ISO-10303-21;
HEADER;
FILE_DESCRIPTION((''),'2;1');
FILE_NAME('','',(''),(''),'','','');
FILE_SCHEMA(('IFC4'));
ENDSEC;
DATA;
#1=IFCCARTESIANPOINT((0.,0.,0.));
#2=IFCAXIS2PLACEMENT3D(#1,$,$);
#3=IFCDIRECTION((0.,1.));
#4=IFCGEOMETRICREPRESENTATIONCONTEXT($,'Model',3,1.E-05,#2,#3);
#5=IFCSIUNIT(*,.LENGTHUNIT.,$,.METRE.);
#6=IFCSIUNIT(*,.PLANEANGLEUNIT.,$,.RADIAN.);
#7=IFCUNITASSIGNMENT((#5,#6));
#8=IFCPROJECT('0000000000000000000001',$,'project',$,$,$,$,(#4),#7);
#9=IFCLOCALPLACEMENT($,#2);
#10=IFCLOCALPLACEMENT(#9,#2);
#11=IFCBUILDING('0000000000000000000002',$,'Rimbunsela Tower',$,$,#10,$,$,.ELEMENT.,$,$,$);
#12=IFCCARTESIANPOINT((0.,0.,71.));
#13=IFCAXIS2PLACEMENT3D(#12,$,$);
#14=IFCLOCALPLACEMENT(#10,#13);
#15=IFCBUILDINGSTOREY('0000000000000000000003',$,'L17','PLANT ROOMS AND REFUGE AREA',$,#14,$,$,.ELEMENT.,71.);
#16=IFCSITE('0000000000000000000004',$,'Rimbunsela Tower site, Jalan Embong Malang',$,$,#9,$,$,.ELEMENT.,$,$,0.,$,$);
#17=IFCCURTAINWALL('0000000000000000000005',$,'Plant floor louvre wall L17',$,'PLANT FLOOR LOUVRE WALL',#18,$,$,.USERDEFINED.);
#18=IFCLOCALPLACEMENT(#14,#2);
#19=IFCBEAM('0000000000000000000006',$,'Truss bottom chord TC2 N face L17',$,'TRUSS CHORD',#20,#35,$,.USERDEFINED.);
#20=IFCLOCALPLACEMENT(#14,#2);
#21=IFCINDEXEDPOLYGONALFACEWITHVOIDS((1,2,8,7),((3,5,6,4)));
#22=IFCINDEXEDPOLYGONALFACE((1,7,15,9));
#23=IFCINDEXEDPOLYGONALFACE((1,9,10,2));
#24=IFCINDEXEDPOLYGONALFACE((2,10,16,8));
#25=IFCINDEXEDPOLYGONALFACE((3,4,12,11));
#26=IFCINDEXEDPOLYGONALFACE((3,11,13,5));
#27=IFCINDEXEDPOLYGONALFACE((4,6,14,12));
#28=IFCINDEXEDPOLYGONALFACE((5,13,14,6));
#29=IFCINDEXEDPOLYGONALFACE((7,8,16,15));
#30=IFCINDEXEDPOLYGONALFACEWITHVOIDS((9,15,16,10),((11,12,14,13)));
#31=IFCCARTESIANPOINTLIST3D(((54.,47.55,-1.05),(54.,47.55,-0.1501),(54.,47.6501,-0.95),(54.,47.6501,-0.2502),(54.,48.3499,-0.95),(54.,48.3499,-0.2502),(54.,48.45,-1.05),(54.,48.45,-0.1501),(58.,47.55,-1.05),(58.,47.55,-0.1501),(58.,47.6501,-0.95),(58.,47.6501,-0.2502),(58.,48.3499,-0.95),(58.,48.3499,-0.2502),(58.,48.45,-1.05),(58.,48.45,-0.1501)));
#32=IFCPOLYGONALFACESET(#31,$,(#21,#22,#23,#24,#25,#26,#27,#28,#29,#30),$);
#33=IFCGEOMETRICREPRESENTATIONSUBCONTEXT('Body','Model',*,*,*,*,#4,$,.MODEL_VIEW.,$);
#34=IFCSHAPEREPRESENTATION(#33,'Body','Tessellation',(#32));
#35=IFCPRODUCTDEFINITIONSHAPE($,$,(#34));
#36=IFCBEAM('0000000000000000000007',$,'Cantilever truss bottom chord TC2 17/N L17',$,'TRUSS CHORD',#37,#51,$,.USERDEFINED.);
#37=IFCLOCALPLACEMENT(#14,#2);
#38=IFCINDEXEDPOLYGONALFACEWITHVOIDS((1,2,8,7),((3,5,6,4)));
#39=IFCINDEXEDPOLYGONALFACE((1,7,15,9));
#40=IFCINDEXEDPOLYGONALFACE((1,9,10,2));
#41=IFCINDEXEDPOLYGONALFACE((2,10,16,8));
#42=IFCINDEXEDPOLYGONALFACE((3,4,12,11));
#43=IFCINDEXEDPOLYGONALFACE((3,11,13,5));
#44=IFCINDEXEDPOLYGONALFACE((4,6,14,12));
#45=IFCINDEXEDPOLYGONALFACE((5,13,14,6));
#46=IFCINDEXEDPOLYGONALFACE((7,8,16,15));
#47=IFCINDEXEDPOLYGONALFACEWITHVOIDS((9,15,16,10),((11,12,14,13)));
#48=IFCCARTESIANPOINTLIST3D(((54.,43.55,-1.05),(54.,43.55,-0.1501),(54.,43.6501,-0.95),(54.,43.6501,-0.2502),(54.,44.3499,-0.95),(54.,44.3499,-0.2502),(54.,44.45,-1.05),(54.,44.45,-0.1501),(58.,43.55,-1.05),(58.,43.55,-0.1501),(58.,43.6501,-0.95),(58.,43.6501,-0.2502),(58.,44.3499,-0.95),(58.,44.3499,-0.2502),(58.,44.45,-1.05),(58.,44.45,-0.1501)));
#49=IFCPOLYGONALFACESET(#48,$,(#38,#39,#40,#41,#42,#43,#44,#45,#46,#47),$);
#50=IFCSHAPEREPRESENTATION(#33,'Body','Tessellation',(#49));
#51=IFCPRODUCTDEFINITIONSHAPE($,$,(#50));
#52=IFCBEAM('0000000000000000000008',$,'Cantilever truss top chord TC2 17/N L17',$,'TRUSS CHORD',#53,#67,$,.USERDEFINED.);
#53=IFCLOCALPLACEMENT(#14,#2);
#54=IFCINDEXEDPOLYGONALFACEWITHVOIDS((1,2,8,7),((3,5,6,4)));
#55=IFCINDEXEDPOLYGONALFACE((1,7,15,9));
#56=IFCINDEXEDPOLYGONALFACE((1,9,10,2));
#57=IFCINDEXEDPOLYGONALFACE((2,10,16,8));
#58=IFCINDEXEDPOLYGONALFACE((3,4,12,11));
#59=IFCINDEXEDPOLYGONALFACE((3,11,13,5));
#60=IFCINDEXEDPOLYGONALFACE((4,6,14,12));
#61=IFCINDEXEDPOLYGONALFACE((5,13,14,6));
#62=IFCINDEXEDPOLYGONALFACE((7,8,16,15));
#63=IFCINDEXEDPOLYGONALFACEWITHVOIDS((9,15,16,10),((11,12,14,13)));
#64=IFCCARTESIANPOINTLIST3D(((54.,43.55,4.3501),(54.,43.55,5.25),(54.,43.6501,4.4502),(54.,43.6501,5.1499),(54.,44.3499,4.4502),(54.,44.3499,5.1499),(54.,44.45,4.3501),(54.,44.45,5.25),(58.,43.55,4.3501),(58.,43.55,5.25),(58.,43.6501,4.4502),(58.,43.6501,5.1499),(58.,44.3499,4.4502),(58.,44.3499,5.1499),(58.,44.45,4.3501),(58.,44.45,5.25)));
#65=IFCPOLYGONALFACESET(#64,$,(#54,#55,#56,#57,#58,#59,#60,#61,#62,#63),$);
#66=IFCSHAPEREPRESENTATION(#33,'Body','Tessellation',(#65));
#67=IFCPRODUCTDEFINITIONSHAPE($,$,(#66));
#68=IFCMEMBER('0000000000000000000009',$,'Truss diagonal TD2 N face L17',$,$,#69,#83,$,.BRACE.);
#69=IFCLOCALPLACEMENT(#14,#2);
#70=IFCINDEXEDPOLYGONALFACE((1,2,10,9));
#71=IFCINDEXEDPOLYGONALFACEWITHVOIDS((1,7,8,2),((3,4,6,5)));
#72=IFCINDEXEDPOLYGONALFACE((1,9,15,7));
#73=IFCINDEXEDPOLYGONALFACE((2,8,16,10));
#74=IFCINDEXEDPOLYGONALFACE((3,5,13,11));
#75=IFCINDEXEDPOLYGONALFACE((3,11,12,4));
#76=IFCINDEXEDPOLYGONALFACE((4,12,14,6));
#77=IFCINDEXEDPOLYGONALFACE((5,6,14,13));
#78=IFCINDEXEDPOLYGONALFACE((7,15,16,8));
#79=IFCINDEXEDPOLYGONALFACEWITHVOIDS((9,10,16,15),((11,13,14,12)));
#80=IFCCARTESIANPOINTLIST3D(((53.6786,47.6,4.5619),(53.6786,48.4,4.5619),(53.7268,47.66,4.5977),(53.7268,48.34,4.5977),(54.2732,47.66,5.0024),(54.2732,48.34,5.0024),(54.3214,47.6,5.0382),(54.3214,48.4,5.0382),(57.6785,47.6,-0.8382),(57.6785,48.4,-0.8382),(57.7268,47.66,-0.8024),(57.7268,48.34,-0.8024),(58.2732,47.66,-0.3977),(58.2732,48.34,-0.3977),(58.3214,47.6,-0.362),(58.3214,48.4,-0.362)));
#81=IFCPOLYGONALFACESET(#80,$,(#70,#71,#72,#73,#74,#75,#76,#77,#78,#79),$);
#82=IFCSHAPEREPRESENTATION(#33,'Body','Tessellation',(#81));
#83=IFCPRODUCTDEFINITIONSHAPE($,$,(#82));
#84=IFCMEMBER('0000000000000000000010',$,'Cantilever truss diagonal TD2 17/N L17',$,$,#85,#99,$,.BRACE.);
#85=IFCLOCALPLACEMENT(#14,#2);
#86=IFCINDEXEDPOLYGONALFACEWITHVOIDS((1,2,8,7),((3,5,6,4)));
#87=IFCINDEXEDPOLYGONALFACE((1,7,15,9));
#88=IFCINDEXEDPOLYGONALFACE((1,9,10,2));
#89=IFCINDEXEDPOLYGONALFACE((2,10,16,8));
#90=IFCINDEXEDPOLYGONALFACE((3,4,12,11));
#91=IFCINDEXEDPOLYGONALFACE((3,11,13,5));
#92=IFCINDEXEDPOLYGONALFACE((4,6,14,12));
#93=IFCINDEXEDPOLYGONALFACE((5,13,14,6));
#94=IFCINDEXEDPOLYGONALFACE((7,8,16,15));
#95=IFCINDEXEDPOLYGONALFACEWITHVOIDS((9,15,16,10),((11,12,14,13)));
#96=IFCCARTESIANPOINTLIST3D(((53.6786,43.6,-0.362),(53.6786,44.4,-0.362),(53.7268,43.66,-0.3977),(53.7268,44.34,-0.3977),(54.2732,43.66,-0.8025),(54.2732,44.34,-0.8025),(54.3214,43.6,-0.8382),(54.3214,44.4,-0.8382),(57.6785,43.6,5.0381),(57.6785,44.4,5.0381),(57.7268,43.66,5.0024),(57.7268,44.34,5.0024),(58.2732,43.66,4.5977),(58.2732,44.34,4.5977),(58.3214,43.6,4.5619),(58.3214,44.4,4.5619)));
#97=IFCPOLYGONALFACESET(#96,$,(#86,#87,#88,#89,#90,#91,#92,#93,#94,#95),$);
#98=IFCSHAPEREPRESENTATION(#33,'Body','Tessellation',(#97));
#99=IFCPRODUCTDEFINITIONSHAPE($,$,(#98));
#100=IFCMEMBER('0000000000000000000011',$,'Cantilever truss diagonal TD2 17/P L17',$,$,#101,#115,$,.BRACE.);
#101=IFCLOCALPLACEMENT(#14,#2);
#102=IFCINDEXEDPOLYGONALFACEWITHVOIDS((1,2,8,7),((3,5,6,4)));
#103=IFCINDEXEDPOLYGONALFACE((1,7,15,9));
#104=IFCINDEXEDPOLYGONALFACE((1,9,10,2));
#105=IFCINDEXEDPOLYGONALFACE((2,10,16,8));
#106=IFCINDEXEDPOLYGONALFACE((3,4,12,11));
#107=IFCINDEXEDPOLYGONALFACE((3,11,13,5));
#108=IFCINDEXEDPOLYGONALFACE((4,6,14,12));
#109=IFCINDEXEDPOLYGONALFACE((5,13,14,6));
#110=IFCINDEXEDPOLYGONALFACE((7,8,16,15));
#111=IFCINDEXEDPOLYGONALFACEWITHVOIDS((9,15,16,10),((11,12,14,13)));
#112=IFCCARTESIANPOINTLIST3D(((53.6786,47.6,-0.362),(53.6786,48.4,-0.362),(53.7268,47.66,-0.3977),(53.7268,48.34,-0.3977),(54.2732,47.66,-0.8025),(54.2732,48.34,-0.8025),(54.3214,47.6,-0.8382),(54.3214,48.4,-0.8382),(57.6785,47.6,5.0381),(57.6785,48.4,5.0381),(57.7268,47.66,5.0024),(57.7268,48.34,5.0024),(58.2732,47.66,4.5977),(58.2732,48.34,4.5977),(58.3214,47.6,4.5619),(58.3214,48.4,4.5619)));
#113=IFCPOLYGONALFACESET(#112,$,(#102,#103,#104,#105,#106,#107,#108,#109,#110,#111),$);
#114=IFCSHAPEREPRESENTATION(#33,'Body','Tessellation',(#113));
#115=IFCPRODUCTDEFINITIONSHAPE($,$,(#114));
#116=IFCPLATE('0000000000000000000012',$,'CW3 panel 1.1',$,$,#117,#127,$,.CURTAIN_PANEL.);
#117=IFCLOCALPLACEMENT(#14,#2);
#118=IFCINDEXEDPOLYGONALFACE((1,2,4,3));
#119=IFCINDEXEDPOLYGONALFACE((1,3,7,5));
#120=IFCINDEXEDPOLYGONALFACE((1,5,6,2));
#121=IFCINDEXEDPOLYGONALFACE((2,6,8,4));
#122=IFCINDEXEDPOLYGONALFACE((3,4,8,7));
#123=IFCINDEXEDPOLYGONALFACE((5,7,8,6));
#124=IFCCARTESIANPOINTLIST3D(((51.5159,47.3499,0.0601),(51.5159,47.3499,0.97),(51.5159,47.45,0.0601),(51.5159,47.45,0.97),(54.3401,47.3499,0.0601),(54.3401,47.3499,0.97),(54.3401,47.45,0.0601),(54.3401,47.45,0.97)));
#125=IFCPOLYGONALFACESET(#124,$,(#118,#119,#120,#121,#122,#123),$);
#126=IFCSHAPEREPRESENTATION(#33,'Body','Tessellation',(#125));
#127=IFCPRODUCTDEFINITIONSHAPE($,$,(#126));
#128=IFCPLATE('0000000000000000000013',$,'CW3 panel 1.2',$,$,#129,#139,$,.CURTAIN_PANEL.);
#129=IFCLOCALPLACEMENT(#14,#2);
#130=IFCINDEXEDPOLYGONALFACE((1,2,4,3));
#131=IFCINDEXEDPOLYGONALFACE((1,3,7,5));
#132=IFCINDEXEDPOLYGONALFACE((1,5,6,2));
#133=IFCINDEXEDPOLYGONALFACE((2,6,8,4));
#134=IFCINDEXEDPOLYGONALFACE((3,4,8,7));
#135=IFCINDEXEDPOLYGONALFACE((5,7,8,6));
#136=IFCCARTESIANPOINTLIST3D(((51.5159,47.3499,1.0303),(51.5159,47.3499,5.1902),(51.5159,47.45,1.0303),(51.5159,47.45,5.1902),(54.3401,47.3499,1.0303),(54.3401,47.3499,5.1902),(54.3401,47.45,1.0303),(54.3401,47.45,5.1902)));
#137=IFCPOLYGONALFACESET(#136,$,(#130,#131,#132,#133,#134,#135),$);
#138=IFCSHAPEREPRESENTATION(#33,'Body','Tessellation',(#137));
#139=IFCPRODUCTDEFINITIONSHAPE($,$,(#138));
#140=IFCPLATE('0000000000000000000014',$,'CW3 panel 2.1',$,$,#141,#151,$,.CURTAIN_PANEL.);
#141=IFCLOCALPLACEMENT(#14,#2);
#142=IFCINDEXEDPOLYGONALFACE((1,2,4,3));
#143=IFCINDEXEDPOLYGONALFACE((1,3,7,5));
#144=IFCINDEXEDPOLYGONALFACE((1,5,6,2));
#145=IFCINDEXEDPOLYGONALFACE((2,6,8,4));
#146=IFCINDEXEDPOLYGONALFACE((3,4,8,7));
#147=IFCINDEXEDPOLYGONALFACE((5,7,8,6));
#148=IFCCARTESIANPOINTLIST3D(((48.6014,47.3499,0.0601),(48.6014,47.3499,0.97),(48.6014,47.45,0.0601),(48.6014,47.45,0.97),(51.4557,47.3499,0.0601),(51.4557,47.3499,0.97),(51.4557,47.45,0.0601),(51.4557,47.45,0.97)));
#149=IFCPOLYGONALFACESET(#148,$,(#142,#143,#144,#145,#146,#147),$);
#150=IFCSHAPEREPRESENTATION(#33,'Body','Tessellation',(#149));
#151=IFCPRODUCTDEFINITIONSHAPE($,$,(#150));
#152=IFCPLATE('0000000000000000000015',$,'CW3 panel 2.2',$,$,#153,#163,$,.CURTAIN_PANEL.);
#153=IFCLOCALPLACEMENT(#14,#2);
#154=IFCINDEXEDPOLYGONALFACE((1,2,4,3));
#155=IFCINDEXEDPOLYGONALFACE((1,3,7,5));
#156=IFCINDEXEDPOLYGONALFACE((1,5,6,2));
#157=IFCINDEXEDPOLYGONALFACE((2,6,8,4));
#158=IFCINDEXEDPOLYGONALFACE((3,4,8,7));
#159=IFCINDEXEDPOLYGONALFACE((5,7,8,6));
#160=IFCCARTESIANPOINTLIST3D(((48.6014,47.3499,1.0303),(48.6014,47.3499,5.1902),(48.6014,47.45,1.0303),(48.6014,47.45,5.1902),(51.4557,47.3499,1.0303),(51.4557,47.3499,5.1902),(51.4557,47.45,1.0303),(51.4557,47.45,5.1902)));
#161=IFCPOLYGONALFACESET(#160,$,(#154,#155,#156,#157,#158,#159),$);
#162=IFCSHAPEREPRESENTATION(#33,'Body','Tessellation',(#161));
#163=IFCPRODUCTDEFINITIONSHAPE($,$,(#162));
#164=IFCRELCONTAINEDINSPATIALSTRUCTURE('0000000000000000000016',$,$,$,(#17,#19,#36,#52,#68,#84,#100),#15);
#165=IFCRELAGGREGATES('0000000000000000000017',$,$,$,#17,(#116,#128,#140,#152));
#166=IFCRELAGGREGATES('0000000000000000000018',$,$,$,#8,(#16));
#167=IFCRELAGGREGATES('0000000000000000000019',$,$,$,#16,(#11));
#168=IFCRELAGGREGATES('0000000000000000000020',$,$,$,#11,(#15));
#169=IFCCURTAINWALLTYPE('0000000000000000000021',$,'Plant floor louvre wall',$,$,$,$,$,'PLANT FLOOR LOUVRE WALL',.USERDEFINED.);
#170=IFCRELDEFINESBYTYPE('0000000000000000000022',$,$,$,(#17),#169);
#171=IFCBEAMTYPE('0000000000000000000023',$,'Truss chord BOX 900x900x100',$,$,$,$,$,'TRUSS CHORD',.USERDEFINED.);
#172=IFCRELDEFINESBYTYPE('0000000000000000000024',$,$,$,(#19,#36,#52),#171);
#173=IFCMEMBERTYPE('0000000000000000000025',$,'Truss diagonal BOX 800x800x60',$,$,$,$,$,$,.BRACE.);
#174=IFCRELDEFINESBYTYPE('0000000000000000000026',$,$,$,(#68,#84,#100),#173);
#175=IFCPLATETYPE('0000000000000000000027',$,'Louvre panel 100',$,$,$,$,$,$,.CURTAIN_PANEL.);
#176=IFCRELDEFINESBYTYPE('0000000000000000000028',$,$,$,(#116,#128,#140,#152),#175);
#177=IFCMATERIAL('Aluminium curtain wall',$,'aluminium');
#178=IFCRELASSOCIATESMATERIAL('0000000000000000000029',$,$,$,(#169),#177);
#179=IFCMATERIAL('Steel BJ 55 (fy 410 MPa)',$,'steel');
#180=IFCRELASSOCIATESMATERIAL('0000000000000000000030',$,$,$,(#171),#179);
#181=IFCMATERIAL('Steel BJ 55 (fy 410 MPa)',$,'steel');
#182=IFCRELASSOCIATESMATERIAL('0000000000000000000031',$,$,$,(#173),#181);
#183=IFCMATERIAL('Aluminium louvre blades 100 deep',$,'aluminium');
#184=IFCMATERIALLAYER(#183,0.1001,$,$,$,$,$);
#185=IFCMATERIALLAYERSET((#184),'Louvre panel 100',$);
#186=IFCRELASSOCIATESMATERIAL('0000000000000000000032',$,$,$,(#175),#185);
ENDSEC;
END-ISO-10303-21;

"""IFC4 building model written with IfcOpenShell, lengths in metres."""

from ifc_helpers import new_model, si_unit, direction, frame, origin, origin_2d, place, context, subcontext, project, spatial, rectangle, hollow_rectangle, extrude, material, layer, layer_set, material_profile, profile_set, type_object, element, aggregate, save


model = new_model("IFC4")

# Units and contexts
model_context = context("Model", 3, precision=1e-05, world=origin(), true_north=direction((0.0, 1.0)))
body_context = subcontext(model_context, "Body", "Model", "MODEL_VIEW")
ifc_project = project(units=[si_unit("LENGTHUNIT", "METRE"), si_unit("PLANEANGLEUNIT", "RADIAN")], contexts=[model_context])

# Site, building, storey
site_placement = place(None, origin())
site = spatial("IfcSite", under=ifc_project, at=site_placement, Name="Rimbunsela Tower site, Jalan Embong Malang", CompositionType="ELEMENT", RefElevation=0.0)
building_placement = place(site_placement, origin())
building = spatial("IfcBuilding", under=site, at=building_placement, Name="Rimbunsela Tower", CompositionType="ELEMENT")
storey_placement = place(building_placement, frame((0.0, 0.0, 71.0)))
storey = spatial("IfcBuildingStorey", under=building, at=storey_placement, Name="L17", Description="PLANT ROOMS AND REFUGE AREA", CompositionType="ELEMENT", Elevation=71.0)

# Curtain wall
ifc_material_1 = material(Name="Aluminium curtain wall", Category="aluminium")
curtain_wall_type = type_object("IfcCurtainWallType", Name="Plant floor louvre wall", ElementType="PLANT FLOOR LOUVRE WALL", PredefinedType="USERDEFINED", material=ifc_material_1)
curtain_wall_placement = place(storey_placement, origin())
curtain_wall = element("IfcCurtainWall", 1, at=curtain_wall_placement, inside=storey, type_object=curtain_wall_type, Name="Plant floor louvre wall L17", ObjectType="PLANT FLOOR LOUVRE WALL", PredefinedType="USERDEFINED")

# Beams
ifc_material_2 = material(Name="Steel BJ 55 (fy 410 MPa)", Category="steel")
ifc_material_profile_1 = material_profile(ifc_material_2, hollow_rectangle(XDim=0.8999, YDim=0.8999, WallThickness=0.1001, at=origin_2d()), Name="BOX 900x900x100")
ifc_profile_set_1 = profile_set([ifc_material_profile_1], Name="Steel BJ 55 (fy 410 MPa)")
beam_type_1 = type_object("IfcBeamType", Name="Truss chord BOX 900x900x100", ElementType="TRUSS CHORD", PredefinedType="USERDEFINED", material=ifc_profile_set_1)
for number, where, z_axis, x_axis, name in (
    (2, (54.0, 48.0, -0.6001), (1.0, 0.0, 0.0), (0.0, 1.0, 0.0), "Truss bottom chord TC2 N face L17"),
    (3, (54.0, 44.0, -0.6001), (1.0, 0.0, 0.0), (0.0, 1.0, 0.0), "Cantilever truss bottom chord TC2 17/N L17"),
    (4, (54.0, 44.0, 4.8), (1.0, 0.0, 0.0), (0.0, 1.0, 0.0), "Cantilever truss top chord TC2 17/N L17"),
):
    element("IfcBeam", number, at=place(storey_placement, frame(where, z_axis=z_axis, x_axis=x_axis)), inside=storey, type_object=beam_type_1, Name=name, ObjectType="TRUSS CHORD", PredefinedType="USERDEFINED", context=body_context, shape_type="SweptSolid", body=[
        extrude(hollow_rectangle(XDim=0.8999, YDim=0.8999, WallThickness=0.1001, at=origin_2d()), origin(), (0.0, 0.0, 1.0), 4.0),
    ])

# Members
ifc_material_3 = material(Name="Steel BJ 55 (fy 410 MPa)", Category="steel")
ifc_material_profile_2 = material_profile(ifc_material_3, hollow_rectangle(XDim=0.8, YDim=0.8, WallThickness=0.0601, at=origin_2d()), Name="BOX 800x800x60")
ifc_profile_set_2 = profile_set([ifc_material_profile_2], Name="Steel BJ 55 (fy 410 MPa)")
member_type_1 = type_object("IfcMemberType", Name="Truss diagonal BOX 800x800x60", PredefinedType="BRACE", material=ifc_profile_set_2)
for number, where, z_axis, x_axis, name in (
    (5, (54.0, 48.0, 4.8), (0.595217, 0.0, -0.803565), (0.0, 1.0, 0.0), "Truss diagonal TD2 N face L17"),
    (6, (54.0, 44.0, -0.6001), (0.595217, 0.0, 0.803565), (0.0, 1.0, 0.0), "Cantilever truss diagonal TD2 17/N L17"),
    (7, (54.0, 48.0, -0.6001), (0.595217, 0.0, 0.803565), (0.0, 1.0, 0.0), "Cantilever truss diagonal TD2 17/P L17"),
):
    element("IfcMember", number, at=place(storey_placement, frame(where, z_axis=z_axis, x_axis=x_axis)), inside=storey, type_object=member_type_1, Name=name, PredefinedType="BRACE", context=body_context, shape_type="SweptSolid", body=[
        extrude(hollow_rectangle(XDim=0.8, YDim=0.8, WallThickness=0.0601, at=origin_2d()), origin(), (0.0, 0.0, 1.0), 6.7202),
    ])

# Plates
ifc_material_4 = material(Name="Aluminium louvre blades 100 deep", Category="aluminium")
ifc_layer = layer(ifc_material_4, 0.1001)
ifc_layer_set = layer_set([ifc_layer], Name="Louvre panel 100")
plate_type = type_object("IfcPlateType", Name="Louvre panel 100", PredefinedType="CURTAIN_PANEL", material=ifc_layer_set)
plate_1_placement = place(storey_placement, frame((52.928, 47.3999, 0.0601), z_axis=(0.0, 0.0, 1.0), x_axis=(-1.0, 0.0, 0.0)))
plate_1 = element("IfcPlate", 8, at=plate_1_placement, type_object=plate_type, Name="CW3 panel 1.1", PredefinedType="CURTAIN_PANEL", context=body_context, shape_type="SweptSolid", body=[
    extrude(rectangle(XDim=2.8242, YDim=0.1001, at=origin_2d()), origin(), (0.0, 0.0, 1.0), 0.9099),
])
plate_2_placement = place(storey_placement, frame((52.928, 47.3999, 1.0303), z_axis=(0.0, 0.0, 1.0), x_axis=(-1.0, 0.0, 0.0)))
plate_2 = element("IfcPlate", 9, at=plate_2_placement, type_object=plate_type, Name="CW3 panel 1.2", PredefinedType="CURTAIN_PANEL", context=body_context, shape_type="SweptSolid", body=[
    extrude(rectangle(XDim=2.8242, YDim=0.1001, at=origin_2d()), origin(), (0.0, 0.0, 1.0), 4.1599),
])
plate_3_placement = place(storey_placement, frame((50.0286, 47.3999, 0.0601), z_axis=(0.0, 0.0, 1.0), x_axis=(-1.0, 0.0, 0.0)))
plate_3 = element("IfcPlate", 10, at=plate_3_placement, type_object=plate_type, Name="CW3 panel 2.1", PredefinedType="CURTAIN_PANEL", context=body_context, shape_type="SweptSolid", body=[
    extrude(rectangle(XDim=2.8542, YDim=0.1001, at=origin_2d()), origin(), (0.0, 0.0, 1.0), 0.9099),
])
plate_4_placement = place(storey_placement, frame((50.0286, 47.3999, 1.0303), z_axis=(0.0, 0.0, 1.0), x_axis=(-1.0, 0.0, 0.0)))
plate_4 = element("IfcPlate", 11, at=plate_4_placement, type_object=plate_type, Name="CW3 panel 2.2", PredefinedType="CURTAIN_PANEL", context=body_context, shape_type="SweptSolid", body=[
    extrude(rectangle(XDim=2.8542, YDim=0.1001, at=origin_2d()), origin(), (0.0, 0.0, 1.0), 4.1599),
])
aggregate(curtain_wall, [plate_1, plate_2, plate_3, plate_4])

save(model, "model.ifc")
